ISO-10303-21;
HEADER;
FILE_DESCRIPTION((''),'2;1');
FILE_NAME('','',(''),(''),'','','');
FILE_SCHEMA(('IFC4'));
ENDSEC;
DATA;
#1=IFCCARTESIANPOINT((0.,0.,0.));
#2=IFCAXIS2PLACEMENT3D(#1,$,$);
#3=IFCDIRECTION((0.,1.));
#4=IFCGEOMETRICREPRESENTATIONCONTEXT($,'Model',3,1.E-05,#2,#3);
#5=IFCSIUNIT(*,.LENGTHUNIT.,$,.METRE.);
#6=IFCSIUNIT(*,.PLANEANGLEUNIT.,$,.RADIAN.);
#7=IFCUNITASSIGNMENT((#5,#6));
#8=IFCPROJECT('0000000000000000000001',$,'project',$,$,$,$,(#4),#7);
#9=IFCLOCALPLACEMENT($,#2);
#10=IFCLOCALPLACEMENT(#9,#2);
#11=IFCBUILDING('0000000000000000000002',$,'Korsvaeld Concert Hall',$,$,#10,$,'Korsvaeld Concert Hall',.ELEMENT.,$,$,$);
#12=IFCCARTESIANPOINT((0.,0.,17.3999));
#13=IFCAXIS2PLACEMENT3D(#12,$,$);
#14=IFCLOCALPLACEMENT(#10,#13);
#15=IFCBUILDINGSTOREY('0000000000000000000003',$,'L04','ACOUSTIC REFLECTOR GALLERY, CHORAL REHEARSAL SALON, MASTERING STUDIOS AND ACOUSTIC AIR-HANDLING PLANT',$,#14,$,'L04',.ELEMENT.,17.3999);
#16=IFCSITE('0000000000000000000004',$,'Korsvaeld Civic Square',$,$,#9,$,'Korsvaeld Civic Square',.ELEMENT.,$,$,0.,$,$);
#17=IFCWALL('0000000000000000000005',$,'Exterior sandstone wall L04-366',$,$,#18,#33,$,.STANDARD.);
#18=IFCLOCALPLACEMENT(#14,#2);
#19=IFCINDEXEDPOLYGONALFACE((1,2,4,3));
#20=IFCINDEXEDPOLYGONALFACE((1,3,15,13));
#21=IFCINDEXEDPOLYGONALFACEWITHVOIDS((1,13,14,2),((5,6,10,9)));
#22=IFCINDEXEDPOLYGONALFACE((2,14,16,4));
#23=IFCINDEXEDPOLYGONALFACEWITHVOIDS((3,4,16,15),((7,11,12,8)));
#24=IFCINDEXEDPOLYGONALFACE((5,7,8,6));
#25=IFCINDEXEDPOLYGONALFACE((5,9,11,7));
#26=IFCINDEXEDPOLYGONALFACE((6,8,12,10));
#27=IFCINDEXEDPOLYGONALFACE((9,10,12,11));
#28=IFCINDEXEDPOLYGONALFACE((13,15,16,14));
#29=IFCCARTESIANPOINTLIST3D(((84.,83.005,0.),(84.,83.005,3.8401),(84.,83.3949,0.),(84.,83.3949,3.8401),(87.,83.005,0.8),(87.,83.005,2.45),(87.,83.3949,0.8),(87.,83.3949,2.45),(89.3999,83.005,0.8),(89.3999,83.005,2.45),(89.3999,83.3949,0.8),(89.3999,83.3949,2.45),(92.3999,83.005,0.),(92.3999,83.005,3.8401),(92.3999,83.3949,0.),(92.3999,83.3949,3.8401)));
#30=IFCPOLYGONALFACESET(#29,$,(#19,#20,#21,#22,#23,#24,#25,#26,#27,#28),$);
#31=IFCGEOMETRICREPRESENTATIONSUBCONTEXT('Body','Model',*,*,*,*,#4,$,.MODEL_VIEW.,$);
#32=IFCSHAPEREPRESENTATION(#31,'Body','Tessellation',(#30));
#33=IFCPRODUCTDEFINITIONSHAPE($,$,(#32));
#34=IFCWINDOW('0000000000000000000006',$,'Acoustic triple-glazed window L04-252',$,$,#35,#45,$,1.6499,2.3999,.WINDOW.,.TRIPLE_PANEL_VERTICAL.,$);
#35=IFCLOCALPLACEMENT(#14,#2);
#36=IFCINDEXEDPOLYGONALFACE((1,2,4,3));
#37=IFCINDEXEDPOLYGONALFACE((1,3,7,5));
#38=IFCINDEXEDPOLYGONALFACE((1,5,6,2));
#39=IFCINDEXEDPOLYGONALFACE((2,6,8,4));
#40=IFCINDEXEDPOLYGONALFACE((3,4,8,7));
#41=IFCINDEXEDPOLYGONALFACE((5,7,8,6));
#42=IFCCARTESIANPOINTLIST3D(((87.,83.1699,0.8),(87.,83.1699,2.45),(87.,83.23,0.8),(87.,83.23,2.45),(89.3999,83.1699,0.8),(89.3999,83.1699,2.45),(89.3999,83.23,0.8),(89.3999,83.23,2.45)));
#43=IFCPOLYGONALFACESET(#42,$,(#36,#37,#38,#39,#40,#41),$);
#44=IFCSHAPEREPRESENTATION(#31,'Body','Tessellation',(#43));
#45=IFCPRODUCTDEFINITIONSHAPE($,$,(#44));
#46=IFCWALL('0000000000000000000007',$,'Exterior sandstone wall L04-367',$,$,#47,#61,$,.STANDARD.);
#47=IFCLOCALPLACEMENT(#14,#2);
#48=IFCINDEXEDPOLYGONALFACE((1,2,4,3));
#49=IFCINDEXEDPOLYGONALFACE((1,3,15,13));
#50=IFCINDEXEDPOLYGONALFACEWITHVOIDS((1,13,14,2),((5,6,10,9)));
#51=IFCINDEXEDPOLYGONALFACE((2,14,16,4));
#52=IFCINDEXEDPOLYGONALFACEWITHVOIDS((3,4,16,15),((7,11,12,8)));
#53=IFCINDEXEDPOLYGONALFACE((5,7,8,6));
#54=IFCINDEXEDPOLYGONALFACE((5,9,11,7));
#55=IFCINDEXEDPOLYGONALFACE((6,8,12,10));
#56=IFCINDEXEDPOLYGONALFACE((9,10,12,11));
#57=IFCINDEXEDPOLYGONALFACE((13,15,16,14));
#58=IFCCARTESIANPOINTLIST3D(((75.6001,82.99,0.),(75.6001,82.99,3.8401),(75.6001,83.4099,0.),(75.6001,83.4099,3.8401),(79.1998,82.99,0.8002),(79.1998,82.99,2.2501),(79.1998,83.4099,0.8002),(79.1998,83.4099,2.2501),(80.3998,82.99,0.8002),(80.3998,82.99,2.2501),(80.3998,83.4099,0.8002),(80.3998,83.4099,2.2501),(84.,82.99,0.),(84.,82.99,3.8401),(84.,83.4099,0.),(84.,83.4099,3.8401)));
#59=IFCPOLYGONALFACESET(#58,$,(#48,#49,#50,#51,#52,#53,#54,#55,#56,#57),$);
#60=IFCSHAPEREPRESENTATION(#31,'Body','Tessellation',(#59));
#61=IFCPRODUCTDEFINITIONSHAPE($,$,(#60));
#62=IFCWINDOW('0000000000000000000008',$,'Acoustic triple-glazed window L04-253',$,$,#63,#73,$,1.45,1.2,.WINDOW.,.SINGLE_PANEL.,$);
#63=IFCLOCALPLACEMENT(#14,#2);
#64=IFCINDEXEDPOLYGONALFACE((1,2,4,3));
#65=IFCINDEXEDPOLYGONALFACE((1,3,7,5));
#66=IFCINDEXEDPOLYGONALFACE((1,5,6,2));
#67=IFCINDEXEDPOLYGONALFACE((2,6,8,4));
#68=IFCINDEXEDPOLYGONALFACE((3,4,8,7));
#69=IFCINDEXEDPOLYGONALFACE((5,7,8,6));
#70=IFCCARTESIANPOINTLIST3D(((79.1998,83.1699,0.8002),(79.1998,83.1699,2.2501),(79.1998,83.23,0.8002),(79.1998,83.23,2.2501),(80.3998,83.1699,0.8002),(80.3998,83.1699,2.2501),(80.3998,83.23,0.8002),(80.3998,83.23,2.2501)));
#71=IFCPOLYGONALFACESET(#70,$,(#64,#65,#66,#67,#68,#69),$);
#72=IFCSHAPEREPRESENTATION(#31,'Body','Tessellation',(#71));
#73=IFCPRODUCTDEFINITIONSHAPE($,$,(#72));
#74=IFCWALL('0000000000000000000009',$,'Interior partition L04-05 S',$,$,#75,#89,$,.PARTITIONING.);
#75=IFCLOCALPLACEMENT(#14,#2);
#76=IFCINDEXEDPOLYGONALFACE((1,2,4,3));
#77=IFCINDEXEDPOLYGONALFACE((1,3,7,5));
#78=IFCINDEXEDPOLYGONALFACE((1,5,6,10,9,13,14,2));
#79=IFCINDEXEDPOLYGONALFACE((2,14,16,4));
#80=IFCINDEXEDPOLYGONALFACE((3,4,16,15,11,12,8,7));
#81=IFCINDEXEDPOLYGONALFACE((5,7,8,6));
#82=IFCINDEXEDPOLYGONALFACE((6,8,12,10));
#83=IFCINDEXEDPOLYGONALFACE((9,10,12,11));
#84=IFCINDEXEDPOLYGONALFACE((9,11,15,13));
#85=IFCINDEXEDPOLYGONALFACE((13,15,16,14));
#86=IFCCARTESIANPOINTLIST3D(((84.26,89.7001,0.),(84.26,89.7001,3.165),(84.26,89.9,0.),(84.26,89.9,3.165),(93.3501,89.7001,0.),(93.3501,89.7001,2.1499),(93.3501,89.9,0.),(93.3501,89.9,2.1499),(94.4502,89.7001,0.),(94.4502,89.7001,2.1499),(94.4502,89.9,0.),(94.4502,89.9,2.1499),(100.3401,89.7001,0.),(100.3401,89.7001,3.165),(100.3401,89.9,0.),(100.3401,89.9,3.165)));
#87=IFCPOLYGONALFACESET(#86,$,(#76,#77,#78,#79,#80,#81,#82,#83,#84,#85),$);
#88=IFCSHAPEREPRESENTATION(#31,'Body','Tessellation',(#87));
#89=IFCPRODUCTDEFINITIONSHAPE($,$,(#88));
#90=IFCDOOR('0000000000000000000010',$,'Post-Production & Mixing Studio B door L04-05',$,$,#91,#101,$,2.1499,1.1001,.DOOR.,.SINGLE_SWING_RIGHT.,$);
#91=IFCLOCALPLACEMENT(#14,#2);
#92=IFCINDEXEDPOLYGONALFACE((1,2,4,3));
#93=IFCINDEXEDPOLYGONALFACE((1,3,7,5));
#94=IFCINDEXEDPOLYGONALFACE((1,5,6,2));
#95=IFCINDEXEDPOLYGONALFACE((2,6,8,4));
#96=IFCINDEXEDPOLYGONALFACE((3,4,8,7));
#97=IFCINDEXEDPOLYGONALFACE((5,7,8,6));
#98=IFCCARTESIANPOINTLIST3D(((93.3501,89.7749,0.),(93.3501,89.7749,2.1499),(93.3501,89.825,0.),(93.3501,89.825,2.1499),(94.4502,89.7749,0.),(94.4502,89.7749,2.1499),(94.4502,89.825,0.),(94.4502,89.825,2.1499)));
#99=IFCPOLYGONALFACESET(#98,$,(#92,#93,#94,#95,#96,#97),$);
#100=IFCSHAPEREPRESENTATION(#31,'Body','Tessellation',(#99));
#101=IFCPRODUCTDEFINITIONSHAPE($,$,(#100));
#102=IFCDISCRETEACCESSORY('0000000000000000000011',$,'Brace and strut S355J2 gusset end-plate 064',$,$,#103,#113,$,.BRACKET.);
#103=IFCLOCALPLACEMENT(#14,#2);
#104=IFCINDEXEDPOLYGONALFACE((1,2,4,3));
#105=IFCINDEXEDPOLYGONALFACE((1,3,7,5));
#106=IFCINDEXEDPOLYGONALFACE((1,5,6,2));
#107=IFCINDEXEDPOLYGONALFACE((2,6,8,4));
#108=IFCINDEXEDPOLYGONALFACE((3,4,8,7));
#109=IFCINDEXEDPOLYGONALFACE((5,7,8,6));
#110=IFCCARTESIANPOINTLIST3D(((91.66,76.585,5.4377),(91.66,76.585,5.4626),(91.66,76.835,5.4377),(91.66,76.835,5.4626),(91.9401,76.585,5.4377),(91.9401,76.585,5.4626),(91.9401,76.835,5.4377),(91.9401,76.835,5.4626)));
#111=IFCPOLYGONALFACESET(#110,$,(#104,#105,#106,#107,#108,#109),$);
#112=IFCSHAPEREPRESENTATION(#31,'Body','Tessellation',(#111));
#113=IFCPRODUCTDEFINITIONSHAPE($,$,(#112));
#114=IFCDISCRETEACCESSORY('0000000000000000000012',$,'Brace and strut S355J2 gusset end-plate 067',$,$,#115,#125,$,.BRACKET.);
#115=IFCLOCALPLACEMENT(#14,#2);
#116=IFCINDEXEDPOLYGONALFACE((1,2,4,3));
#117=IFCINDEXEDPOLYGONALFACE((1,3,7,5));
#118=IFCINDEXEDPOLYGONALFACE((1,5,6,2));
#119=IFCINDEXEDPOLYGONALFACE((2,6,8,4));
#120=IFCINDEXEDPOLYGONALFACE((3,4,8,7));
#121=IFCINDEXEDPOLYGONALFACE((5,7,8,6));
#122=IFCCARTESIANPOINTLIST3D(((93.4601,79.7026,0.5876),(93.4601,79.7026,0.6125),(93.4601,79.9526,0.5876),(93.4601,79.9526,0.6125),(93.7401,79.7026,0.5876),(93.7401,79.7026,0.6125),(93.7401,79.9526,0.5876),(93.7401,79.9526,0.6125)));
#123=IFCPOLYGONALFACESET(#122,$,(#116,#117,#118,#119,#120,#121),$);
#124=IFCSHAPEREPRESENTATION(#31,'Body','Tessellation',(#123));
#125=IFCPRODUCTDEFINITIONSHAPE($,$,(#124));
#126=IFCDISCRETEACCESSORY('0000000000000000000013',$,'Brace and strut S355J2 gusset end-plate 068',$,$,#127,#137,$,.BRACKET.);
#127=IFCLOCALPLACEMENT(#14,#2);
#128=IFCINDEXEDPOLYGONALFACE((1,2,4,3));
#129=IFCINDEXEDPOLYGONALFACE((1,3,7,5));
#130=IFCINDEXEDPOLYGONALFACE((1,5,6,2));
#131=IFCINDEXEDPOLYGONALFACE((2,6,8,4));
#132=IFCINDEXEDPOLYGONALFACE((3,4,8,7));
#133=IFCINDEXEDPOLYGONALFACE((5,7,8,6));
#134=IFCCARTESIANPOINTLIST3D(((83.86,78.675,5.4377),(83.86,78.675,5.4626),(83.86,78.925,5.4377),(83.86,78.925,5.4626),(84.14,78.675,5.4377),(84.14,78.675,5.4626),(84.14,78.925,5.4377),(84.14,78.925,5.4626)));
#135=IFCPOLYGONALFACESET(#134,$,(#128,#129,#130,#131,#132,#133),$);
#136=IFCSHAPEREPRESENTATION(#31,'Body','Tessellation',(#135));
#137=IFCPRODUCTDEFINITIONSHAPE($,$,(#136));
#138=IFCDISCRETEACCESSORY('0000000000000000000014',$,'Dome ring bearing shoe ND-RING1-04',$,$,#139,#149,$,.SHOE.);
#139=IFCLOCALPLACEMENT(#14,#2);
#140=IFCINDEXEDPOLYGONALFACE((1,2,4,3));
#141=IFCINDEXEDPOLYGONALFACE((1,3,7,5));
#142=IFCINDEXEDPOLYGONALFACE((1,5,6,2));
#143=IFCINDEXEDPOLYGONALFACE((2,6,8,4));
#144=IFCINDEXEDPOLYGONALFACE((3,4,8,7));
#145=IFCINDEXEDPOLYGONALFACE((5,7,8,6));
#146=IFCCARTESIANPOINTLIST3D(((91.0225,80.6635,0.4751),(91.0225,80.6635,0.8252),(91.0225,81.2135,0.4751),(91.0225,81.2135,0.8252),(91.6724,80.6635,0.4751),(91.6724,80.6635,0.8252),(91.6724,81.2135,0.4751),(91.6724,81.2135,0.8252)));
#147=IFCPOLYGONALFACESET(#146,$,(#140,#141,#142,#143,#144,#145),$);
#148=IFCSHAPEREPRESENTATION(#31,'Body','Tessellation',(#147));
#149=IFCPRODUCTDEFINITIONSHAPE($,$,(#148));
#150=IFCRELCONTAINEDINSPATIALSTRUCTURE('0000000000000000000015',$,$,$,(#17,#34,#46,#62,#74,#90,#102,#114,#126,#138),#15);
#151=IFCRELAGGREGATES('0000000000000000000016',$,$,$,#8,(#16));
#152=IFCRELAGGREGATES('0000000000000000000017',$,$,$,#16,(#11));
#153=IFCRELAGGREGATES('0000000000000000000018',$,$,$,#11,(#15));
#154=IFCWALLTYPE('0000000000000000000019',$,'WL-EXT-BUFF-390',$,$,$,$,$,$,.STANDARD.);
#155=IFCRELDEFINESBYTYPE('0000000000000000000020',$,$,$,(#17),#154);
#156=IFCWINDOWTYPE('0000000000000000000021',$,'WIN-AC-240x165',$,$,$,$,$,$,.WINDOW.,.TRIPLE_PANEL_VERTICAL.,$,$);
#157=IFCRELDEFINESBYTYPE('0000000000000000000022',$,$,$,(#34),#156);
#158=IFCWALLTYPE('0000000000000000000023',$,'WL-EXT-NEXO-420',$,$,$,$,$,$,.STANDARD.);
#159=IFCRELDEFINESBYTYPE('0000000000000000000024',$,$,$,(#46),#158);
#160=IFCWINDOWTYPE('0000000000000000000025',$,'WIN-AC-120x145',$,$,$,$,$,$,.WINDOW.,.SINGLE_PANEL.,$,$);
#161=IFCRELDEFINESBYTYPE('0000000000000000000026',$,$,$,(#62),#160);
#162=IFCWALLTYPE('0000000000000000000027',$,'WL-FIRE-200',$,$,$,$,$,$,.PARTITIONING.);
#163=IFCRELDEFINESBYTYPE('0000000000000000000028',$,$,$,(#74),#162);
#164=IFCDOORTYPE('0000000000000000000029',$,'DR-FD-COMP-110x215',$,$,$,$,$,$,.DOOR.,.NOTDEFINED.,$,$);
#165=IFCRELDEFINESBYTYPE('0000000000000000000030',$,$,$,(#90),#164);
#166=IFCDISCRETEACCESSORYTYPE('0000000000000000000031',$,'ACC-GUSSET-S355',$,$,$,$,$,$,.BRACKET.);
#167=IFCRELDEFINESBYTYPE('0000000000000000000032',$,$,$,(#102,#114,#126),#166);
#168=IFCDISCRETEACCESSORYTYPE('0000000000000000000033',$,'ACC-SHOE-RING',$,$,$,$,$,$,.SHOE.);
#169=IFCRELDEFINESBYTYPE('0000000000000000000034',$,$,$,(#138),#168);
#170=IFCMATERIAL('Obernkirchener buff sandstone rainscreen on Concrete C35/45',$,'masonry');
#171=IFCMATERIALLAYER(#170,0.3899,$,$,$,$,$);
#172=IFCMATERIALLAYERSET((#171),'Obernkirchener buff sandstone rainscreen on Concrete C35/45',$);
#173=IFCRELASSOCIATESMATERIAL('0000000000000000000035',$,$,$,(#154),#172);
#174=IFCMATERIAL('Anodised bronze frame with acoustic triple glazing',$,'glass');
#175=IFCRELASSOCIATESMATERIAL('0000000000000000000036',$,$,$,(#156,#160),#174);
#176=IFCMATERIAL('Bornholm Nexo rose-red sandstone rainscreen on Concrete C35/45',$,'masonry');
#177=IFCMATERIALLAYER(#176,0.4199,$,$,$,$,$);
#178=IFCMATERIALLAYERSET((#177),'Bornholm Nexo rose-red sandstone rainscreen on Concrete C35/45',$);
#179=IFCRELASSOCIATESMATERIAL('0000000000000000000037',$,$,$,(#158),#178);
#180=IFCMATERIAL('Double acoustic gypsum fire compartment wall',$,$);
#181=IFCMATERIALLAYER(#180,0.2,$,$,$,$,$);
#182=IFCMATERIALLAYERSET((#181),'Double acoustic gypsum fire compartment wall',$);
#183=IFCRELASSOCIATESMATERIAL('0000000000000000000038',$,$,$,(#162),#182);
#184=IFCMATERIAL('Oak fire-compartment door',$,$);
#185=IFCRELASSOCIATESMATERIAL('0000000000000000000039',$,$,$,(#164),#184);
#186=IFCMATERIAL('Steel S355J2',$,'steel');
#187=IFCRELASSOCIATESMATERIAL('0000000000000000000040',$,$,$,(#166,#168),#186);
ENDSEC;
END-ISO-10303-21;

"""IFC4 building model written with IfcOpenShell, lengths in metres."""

from ifc_helpers import new_model, si_unit, direction, frame, frame_2d, origin, origin_2d, place, context, subcontext, project, spatial, rectangle, extrude, material, layer, layer_set, type_object, element, fill, save


model = new_model("IFC4")

# Units and contexts
model_context = context("Model", 3, precision=1e-05, world=origin(), true_north=direction((0.0, 1.0)))
body_context = subcontext(model_context, "Body", "Model", "MODEL_VIEW")
ifc_project = project(units=[si_unit("LENGTHUNIT", "METRE"), si_unit("PLANEANGLEUNIT", "RADIAN")], contexts=[model_context])

# Site, building, storey
site_placement = place(None, origin())
site = spatial("IfcSite", under=ifc_project, at=site_placement, Name="Korsvaeld Civic Square", LongName="Korsvaeld Civic Square", CompositionType="ELEMENT", RefElevation=0.0)
building_placement = place(site_placement, origin())
building = spatial("IfcBuilding", under=site, at=building_placement, Name="Korsvaeld Concert Hall", LongName="Korsvaeld Concert Hall", CompositionType="ELEMENT")
storey_placement = place(building_placement, frame((0.0, 0.0, 17.3999)))
storey = spatial("IfcBuildingStorey", under=building, at=storey_placement, Name="L04", Description="ACOUSTIC REFLECTOR GALLERY, CHORAL REHEARSAL SALON, MASTERING STUDIOS AND ACOUSTIC AIR-HANDLING PLANT", LongName="L04", CompositionType="ELEMENT", Elevation=17.3999)

# Shared definitions
ifc_material_1 = material(Name="Steel S355J2", Category="steel")

# Walls, openings, windows
ifc_material_2 = material(Name="Obernkirchener buff sandstone rainscreen on Concrete C35/45", Category="masonry")
ifc_layer_1 = layer(ifc_material_2, 0.3899)
ifc_layer_set_1 = layer_set([ifc_layer_1], Name="Obernkirchener buff sandstone rainscreen on Concrete C35/45")
wall_type_1 = type_object("IfcWallType", Name="WL-EXT-BUFF-390", PredefinedType="STANDARD", material=ifc_layer_set_1)
wall_1_placement = place(storey_placement, frame((92.3999, 83.2, 0.0), z_axis=(0.0, 0.0, 1.0), x_axis=(-1.0, 0.0, 0.0)))
wall_1 = element("IfcWall", 1, at=wall_1_placement, inside=storey, type_object=wall_type_1, Name="Exterior sandstone wall L04-366", PredefinedType="STANDARD", context=body_context, shape_type="SweptSolid", body=[
    extrude(rectangle(XDim=8.3999, YDim=0.3899, at=frame_2d((4.2, 0.0))), origin(), (0.0, 0.0, 1.0), 3.8401),
])
opening_1_placement = place(wall_1_placement, frame((3.0, 0.0, 0.8)))
opening_1 = element("IfcOpeningElement", 2, at=opening_1_placement, cuts=wall_1, PredefinedType="OPENING", context=body_context, shape_type="SweptSolid", body=[
    extrude(rectangle(XDim=2.3999, YDim=1.6499, at=frame_2d((1.2, 0.825))), frame((0.0, 0.2051, 0.0), z_axis=(0.0, -1.0, 0.0), x_axis=(1.0, 0.0, 0.0)), (0.0, 0.0, 1.0), 0.4099),
])
ifc_material_3 = material(Name="Anodised bronze frame with acoustic triple glazing", Category="glass")
window_type_1 = type_object("IfcWindowType", Name="WIN-AC-240x165", PartitioningType="TRIPLE_PANEL_VERTICAL", PredefinedType="WINDOW", material=ifc_material_3)
window_1_placement = place(opening_1_placement, origin())
window_1 = element("IfcWindow", 3, at=window_1_placement, inside=storey, type_object=window_type_1, Name="Acoustic triple-glazed window L04-252", OverallHeight=1.6499, OverallWidth=2.3999, PartitioningType="TRIPLE_PANEL_VERTICAL", PredefinedType="WINDOW", context=body_context, shape_type="SweptSolid", body=[
    extrude(rectangle(XDim=2.3999, YDim=1.6499, at=frame_2d((1.2, 0.825))), frame((0.0, 0.03, 0.0), z_axis=(0.0, -1.0, 0.0), x_axis=(1.0, 0.0, 0.0)), (0.0, 0.0, 1.0), 0.0601),
])
fill(opening_1, window_1)
ifc_material_4 = material(Name="Bornholm Nexo rose-red sandstone rainscreen on Concrete C35/45", Category="masonry")
ifc_layer_2 = layer(ifc_material_4, 0.4199)
ifc_layer_set_2 = layer_set([ifc_layer_2], Name="Bornholm Nexo rose-red sandstone rainscreen on Concrete C35/45")
wall_type_2 = type_object("IfcWallType", Name="WL-EXT-NEXO-420", PredefinedType="STANDARD", material=ifc_layer_set_2)
wall_2_placement = place(storey_placement, frame((84.0, 83.2, 0.0), z_axis=(0.0, 0.0, 1.0), x_axis=(-1.0, 0.0, 0.0)))
wall_2 = element("IfcWall", 4, at=wall_2_placement, inside=storey, type_object=wall_type_2, Name="Exterior sandstone wall L04-367", PredefinedType="STANDARD", context=body_context, shape_type="SweptSolid", body=[
    extrude(rectangle(XDim=8.3999, YDim=0.4199, at=frame_2d((4.2, 0.0))), origin(), (0.0, 0.0, 1.0), 3.8401),
])
opening_2_placement = place(wall_2_placement, frame((3.6001, 0.0, 0.8)))
opening_2 = element("IfcOpeningElement", 5, at=opening_2_placement, cuts=wall_2, PredefinedType="OPENING", context=body_context, shape_type="SweptSolid", body=[
    extrude(rectangle(XDim=1.2, YDim=1.45, at=frame_2d((0.6001, 0.7251))), frame((0.0, 0.22, 0.0), z_axis=(0.0, -1.0, 0.0), x_axis=(1.0, 0.0, 0.0)), (0.0, 0.0, 1.0), 0.4399),
])
window_type_2 = type_object("IfcWindowType", Name="WIN-AC-120x145", PartitioningType="SINGLE_PANEL", PredefinedType="WINDOW", material=ifc_material_3)
window_2_placement = place(opening_2_placement, origin())
window_2 = element("IfcWindow", 6, at=window_2_placement, inside=storey, type_object=window_type_2, Name="Acoustic triple-glazed window L04-253", OverallHeight=1.45, OverallWidth=1.2, PartitioningType="SINGLE_PANEL", PredefinedType="WINDOW", context=body_context, shape_type="SweptSolid", body=[
    extrude(rectangle(XDim=1.2, YDim=1.45, at=frame_2d((0.6001, 0.7251))), frame((0.0, 0.03, 0.0), z_axis=(0.0, -1.0, 0.0), x_axis=(1.0, 0.0, 0.0)), (0.0, 0.0, 1.0), 0.0601),
])
fill(opening_2, window_2)

# Wall, opening, door
ifc_material_5 = material(Name="Double acoustic gypsum fire compartment wall")
ifc_layer_3 = layer(ifc_material_5, 0.2)
ifc_layer_set_3 = layer_set([ifc_layer_3], Name="Double acoustic gypsum fire compartment wall")
wall_type_3 = type_object("IfcWallType", Name="WL-FIRE-200", PredefinedType="PARTITIONING", material=ifc_layer_set_3)
wall_3_placement = place(storey_placement, frame((84.26, 89.8, 0.0), z_axis=(0.0, 0.0, 1.0), x_axis=(1.0, 0.0, 0.0)))
wall_3 = element("IfcWall", 7, at=wall_3_placement, inside=storey, type_object=wall_type_3, Name="Interior partition L04-05 S", PredefinedType="PARTITIONING", context=body_context, shape_type="SweptSolid", body=[
    extrude(rectangle(XDim=16.0801, YDim=0.2, at=frame_2d((8.04, 0.0))), origin(), (0.0, 0.0, 1.0), 3.165),
])
opening_3_placement = place(wall_3_placement, frame((9.0901, 0.0, 0.0)))
opening_3 = element("IfcOpeningElement", 8, at=opening_3_placement, cuts=wall_3, PredefinedType="OPENING", context=body_context, shape_type="SweptSolid", body=[
    extrude(rectangle(XDim=1.1001, YDim=2.1499, at=frame_2d((0.55, 1.075))), frame((0.0, 0.1099, 0.0), z_axis=(0.0, -1.0, 0.0), x_axis=(1.0, 0.0, 0.0)), (0.0, 0.0, 1.0), 0.22),
])
ifc_material_6 = material(Name="Oak fire-compartment door")
door_type = type_object("IfcDoorType", Name="DR-FD-COMP-110x215", OperationType="NOTDEFINED", PredefinedType="DOOR", material=ifc_material_6)
door_placement = place(opening_3_placement, origin())
door = element("IfcDoor", 9, at=door_placement, inside=storey, type_object=door_type, Name="Post-Production & Mixing Studio B door L04-05", OperationType="SINGLE_SWING_RIGHT", OverallHeight=2.1499, OverallWidth=1.1001, PredefinedType="DOOR", context=body_context, shape_type="SweptSolid", body=[
    extrude(rectangle(XDim=1.1001, YDim=2.1499, at=frame_2d((0.55, 1.075))), frame((0.0, 0.0249, 0.0), z_axis=(0.0, -1.0, 0.0), x_axis=(1.0, 0.0, 0.0)), (0.0, 0.0, 1.0), 0.05),
])
fill(opening_3, door)

# Discrete accessories
discrete_accessory_type_1 = type_object("IfcDiscreteAccessoryType", Name="ACC-GUSSET-S355", PredefinedType="BRACKET", material=ifc_material_1)
for number, where, z_axis, x_axis, name in (
    (10, (91.8, 76.71, 5.4377), (0.0, 0.0, 1.0), (1.0, 0.0, 0.0), "Brace and strut S355J2 gusset end-plate 064"),
    (11, (93.6001, 79.8276, 0.5876), (0.0, 0.0, 1.0), (1.0, 0.0, 0.0), "Brace and strut S355J2 gusset end-plate 067"),
    (12, (84.0, 78.8, 5.4377), (0.0, 0.0, 1.0), (1.0, 0.0, 0.0), "Brace and strut S355J2 gusset end-plate 068"),
):
    element("IfcDiscreteAccessory", number, at=place(storey_placement, frame(where, z_axis=z_axis, x_axis=x_axis)), inside=storey, type_object=discrete_accessory_type_1, Name=name, PredefinedType="BRACKET", context=body_context, shape_type="SweptSolid", body=[
        extrude(rectangle(XDim=0.28, YDim=0.25, at=origin_2d()), origin(), (0.0, 0.0, 1.0), 0.0249),
    ])
discrete_accessory_type_2 = type_object("IfcDiscreteAccessoryType", Name="ACC-SHOE-RING", PredefinedType="SHOE", material=ifc_material_1)
discrete_accessory_placement = place(storey_placement, frame((91.3474, 80.9385, 0.4751), z_axis=(0.0, 0.0, 1.0), x_axis=(1.0, 0.0, 0.0)))
element("IfcDiscreteAccessory", 13, at=discrete_accessory_placement, inside=storey, type_object=discrete_accessory_type_2, Name="Dome ring bearing shoe ND-RING1-04", PredefinedType="SHOE", context=body_context, shape_type="SweptSolid", body=[
    extrude(rectangle(XDim=0.6499, YDim=0.55, at=origin_2d()), origin(), (0.0, 0.0, 1.0), 0.3501),
])

save(model, "model.ifc")
